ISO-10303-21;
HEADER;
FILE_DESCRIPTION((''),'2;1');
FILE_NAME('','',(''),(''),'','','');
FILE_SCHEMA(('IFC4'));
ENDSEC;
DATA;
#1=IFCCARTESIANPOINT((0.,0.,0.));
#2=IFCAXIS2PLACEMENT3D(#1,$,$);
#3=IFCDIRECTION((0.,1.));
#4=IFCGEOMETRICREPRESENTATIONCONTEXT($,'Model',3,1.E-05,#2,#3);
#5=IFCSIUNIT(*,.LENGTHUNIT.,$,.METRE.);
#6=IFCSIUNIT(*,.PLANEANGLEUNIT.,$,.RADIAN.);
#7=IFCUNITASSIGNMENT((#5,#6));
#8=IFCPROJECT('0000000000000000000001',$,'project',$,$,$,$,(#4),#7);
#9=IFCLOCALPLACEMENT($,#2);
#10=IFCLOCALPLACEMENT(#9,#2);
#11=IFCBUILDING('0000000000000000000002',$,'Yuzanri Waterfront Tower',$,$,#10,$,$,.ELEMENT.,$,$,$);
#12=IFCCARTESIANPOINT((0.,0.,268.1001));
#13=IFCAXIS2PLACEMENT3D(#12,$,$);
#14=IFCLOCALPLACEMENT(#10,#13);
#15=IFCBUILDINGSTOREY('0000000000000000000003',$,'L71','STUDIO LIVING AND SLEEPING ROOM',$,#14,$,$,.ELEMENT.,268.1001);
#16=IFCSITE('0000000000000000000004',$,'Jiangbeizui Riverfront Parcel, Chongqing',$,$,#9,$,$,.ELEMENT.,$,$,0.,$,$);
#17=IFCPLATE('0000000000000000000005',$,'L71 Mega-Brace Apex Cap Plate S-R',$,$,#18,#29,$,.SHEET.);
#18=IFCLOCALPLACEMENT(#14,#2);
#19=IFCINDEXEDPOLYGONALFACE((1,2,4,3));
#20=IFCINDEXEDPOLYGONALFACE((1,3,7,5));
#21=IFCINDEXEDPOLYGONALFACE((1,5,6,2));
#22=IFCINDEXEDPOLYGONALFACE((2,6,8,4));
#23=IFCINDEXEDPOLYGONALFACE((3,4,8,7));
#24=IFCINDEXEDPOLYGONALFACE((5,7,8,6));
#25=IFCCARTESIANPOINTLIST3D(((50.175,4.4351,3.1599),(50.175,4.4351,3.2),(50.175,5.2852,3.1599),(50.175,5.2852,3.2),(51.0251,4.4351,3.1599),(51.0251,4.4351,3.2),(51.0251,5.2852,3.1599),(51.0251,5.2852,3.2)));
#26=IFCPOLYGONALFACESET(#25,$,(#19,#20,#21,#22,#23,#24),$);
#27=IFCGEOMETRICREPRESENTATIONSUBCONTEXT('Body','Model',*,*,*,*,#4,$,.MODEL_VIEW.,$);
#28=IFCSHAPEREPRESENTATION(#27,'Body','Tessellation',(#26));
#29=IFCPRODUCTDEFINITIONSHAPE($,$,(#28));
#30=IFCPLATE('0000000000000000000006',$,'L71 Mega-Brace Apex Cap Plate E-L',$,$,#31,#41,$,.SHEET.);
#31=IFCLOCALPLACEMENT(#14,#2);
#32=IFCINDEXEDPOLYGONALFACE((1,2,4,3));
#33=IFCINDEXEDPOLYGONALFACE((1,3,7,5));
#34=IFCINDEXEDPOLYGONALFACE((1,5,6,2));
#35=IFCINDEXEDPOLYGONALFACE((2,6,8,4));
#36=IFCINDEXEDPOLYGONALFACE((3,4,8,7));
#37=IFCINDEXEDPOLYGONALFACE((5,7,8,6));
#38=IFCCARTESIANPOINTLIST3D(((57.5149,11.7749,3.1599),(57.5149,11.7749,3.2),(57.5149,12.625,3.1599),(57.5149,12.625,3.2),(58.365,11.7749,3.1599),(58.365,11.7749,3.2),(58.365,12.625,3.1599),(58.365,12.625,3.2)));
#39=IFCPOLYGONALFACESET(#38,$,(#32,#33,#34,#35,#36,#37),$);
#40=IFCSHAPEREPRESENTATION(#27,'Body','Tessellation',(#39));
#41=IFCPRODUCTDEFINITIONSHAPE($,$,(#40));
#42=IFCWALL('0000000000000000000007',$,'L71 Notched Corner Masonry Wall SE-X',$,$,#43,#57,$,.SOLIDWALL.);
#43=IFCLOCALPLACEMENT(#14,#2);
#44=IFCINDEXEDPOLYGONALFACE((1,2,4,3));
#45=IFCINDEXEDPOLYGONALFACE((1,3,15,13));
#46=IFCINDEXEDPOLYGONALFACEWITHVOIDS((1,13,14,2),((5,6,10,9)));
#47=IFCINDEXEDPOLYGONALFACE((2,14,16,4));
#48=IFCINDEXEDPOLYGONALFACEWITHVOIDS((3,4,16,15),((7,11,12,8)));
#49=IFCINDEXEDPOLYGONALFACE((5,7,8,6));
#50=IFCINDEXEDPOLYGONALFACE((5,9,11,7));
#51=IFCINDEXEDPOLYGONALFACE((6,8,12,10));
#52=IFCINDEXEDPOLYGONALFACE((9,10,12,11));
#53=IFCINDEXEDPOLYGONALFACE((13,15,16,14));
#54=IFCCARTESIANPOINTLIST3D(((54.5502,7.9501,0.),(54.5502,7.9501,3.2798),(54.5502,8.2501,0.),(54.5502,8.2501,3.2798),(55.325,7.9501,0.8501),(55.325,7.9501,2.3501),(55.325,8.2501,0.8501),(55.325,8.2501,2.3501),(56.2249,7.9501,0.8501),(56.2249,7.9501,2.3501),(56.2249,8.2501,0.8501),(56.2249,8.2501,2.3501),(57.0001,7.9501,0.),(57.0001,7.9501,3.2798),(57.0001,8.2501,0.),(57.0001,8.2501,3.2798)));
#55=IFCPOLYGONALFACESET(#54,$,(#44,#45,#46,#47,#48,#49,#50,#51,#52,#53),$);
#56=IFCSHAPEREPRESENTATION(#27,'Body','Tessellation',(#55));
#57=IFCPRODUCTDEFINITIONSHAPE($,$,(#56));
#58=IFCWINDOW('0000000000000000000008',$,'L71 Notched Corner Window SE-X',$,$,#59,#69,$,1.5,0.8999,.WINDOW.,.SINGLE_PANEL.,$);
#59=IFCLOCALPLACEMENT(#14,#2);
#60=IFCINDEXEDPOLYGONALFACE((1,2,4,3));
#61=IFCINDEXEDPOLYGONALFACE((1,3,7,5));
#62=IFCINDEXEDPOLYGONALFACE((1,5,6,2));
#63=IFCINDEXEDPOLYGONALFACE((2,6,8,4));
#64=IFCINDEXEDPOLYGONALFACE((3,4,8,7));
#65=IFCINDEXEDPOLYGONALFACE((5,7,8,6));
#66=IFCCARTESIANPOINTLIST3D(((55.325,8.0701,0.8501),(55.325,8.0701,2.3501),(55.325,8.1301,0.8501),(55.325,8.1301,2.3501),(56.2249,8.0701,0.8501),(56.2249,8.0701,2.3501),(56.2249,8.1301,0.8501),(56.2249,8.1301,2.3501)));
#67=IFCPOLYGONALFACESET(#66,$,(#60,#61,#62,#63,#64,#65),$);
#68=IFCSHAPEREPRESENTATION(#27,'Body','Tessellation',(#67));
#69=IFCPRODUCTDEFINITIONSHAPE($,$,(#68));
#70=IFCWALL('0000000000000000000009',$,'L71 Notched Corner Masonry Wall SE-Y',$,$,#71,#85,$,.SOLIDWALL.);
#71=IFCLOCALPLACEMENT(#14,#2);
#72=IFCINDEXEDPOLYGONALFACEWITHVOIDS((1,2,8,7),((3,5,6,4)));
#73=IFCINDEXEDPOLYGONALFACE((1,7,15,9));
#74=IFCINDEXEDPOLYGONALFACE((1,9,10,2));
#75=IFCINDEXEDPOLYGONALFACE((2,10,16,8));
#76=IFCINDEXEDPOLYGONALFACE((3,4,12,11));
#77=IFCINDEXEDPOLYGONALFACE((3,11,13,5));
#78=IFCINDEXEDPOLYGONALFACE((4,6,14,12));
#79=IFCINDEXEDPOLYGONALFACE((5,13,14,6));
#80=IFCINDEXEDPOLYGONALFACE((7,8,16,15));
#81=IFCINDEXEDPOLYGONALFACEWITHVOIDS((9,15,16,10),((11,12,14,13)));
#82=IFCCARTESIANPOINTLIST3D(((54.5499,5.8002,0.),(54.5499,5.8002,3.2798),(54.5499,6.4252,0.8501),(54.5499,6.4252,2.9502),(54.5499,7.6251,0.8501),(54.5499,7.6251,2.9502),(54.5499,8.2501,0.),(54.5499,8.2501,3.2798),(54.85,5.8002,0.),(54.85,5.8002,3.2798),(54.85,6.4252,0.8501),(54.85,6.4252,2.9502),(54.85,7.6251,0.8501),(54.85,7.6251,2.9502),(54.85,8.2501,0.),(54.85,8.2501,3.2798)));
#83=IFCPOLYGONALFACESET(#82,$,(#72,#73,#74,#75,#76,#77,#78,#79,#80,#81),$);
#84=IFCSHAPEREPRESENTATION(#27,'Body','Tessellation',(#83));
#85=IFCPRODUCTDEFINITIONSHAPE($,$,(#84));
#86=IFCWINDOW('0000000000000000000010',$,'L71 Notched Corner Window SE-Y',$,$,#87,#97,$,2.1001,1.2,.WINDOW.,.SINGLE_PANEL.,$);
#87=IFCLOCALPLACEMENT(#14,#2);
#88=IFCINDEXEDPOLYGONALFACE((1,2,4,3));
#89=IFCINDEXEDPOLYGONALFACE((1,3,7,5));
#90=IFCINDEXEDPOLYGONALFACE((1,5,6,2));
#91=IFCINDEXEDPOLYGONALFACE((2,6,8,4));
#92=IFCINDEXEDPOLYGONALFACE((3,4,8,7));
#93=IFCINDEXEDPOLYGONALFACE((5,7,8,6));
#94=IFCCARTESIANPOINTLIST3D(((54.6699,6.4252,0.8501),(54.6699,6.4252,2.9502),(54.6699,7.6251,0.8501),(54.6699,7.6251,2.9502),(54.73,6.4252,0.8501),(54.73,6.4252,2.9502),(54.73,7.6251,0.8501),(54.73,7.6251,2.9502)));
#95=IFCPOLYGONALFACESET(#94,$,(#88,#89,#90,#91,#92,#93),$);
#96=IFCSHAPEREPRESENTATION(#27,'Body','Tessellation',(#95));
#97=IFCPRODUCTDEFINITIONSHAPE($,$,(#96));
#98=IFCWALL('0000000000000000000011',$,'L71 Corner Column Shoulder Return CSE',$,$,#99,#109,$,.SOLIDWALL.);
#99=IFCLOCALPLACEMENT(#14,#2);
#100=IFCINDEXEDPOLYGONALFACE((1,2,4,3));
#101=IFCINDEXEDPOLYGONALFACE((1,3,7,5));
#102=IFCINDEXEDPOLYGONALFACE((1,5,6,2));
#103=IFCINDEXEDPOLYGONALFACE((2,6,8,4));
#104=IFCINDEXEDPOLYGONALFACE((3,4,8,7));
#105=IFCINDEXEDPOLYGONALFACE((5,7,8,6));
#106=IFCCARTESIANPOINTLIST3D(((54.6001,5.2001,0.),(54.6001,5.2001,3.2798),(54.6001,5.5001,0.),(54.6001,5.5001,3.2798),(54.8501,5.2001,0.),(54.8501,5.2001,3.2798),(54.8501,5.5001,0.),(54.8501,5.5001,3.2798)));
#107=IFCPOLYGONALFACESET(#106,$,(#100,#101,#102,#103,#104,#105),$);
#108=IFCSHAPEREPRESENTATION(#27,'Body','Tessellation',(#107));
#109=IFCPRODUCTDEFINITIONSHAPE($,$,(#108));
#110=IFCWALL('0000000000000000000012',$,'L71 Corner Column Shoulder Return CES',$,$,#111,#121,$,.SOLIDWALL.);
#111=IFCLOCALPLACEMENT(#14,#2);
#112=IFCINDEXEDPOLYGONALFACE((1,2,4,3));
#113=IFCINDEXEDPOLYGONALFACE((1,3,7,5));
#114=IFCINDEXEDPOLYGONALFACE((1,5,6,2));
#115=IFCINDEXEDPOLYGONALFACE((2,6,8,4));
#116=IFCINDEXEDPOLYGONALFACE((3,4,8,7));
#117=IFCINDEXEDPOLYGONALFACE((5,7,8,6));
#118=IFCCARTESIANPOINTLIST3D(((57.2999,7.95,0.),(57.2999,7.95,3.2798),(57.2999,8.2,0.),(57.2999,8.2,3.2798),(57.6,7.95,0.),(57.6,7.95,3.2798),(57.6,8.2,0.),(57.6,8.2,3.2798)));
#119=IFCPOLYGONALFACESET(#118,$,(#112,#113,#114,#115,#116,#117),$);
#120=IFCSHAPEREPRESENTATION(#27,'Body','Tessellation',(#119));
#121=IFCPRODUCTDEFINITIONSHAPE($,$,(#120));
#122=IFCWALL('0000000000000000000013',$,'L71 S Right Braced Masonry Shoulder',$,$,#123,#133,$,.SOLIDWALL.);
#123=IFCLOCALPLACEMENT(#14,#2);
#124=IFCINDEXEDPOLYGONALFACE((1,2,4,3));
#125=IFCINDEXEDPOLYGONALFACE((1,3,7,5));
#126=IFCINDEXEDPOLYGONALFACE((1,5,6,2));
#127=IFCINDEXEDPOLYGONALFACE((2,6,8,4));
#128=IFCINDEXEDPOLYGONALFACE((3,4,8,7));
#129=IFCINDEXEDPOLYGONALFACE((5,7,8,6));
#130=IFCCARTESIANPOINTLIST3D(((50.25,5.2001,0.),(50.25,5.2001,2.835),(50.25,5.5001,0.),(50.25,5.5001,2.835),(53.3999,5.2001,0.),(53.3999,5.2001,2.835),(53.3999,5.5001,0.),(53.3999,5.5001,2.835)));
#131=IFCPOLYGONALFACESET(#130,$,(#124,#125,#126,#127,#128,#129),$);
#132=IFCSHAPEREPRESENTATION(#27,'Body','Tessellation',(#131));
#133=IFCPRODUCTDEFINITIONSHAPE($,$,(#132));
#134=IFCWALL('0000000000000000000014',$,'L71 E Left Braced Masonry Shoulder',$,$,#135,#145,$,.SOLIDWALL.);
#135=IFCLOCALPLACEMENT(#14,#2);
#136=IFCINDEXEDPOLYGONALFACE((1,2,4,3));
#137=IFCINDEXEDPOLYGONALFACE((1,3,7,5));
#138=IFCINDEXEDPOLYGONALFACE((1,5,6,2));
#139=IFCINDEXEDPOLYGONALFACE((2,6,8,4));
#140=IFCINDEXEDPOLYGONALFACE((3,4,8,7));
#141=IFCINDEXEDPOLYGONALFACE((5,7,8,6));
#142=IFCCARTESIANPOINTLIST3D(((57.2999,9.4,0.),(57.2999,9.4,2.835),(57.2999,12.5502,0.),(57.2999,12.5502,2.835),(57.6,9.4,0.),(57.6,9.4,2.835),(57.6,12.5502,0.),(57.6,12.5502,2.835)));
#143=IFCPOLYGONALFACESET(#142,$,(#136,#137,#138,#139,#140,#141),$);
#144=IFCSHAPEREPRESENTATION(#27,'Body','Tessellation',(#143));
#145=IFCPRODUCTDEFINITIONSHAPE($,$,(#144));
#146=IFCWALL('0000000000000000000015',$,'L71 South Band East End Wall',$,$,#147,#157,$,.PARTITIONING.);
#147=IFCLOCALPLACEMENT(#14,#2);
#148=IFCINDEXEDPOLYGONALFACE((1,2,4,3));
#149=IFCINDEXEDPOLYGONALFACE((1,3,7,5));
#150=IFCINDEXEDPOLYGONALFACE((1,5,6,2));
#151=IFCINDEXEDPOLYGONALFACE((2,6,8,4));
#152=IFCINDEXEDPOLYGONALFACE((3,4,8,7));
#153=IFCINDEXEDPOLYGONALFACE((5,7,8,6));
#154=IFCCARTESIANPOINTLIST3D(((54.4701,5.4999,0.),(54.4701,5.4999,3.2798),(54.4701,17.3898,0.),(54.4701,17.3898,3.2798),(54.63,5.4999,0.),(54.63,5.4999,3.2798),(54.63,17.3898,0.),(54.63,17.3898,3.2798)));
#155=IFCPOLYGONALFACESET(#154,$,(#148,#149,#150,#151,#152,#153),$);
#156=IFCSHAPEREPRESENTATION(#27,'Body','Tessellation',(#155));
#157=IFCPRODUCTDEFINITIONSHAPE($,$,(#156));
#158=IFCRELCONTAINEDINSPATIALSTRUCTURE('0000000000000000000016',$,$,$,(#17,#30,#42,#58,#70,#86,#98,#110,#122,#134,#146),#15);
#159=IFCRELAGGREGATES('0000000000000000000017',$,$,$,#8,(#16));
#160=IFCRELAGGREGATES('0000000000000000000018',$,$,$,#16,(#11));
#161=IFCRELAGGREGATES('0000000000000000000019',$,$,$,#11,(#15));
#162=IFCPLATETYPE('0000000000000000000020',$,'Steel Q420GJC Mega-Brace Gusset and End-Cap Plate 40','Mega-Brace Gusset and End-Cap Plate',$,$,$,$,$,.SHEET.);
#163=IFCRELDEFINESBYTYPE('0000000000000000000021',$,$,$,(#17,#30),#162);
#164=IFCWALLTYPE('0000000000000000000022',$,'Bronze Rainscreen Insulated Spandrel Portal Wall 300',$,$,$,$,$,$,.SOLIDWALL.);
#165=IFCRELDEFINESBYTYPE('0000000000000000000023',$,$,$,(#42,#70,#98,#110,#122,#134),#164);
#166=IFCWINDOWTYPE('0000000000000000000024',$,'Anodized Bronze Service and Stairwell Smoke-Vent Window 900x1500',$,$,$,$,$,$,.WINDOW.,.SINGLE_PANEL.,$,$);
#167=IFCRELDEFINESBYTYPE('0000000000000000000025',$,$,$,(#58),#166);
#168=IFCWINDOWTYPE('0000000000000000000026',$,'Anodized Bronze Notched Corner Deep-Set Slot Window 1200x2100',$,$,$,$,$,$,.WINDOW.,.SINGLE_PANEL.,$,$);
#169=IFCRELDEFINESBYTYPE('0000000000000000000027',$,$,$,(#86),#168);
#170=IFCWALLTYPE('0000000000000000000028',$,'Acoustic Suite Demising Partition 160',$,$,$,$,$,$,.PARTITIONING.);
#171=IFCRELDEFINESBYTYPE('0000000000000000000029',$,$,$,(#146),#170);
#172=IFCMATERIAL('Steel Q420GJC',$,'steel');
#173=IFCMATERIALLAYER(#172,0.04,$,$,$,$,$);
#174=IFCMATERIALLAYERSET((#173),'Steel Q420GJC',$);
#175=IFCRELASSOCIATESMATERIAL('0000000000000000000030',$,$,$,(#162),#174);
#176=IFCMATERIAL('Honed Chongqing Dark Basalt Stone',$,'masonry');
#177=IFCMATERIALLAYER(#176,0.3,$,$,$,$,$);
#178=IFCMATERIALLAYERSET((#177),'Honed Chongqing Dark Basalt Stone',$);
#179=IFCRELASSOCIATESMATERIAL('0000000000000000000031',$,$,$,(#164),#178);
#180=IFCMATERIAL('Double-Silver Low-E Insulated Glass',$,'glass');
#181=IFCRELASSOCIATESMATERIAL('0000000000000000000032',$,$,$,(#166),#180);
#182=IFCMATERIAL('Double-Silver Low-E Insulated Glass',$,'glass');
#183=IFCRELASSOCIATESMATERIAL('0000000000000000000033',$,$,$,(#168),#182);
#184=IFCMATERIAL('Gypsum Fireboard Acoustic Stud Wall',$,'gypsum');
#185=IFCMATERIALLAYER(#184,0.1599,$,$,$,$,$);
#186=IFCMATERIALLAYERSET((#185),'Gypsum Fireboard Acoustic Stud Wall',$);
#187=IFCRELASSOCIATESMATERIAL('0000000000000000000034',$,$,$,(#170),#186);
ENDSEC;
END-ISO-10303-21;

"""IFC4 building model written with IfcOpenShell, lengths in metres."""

from ifc_helpers import new_model, si_unit, direction, frame, frame_2d, origin, origin_2d, place, context, subcontext, project, spatial, rectangle, extrude, source, transform, mapped, material, layer, layer_set, type_object, element, fill, save


model = new_model("IFC4")

# Units and contexts
model_context = context("Model", 3, precision=1e-05, world=origin(), true_north=direction((0.0, 1.0)))
body_context = subcontext(model_context, "Body", "Model", "MODEL_VIEW")
ifc_project = project(units=[si_unit("LENGTHUNIT", "METRE"), si_unit("PLANEANGLEUNIT", "RADIAN")], contexts=[model_context])

# Site, building, storey
site_placement = place(None, origin())
site = spatial("IfcSite", under=ifc_project, at=site_placement, Name="Jiangbeizui Riverfront Parcel, Chongqing", CompositionType="ELEMENT", RefElevation=0.0)
building_placement = place(site_placement, origin())
building = spatial("IfcBuilding", under=site, at=building_placement, Name="Yuzanri Waterfront Tower", CompositionType="ELEMENT")
storey_placement = place(building_placement, frame((0.0, 0.0, 268.1001)))
storey = spatial("IfcBuildingStorey", under=building, at=storey_placement, Name="L71", Description="STUDIO LIVING AND SLEEPING ROOM", CompositionType="ELEMENT", Elevation=268.1001)

# Plates
ifc_material_1 = material(Name="Steel Q420GJC", Category="steel")
ifc_layer_1 = layer(ifc_material_1, 0.04)
ifc_layer_set_1 = layer_set([ifc_layer_1], Name="Steel Q420GJC")
plate_type = type_object("IfcPlateType", Name="Steel Q420GJC Mega-Brace Gusset and End-Cap Plate 40", Description="Mega-Brace Gusset and End-Cap Plate", PredefinedType="SHEET", material=ifc_layer_set_1)
shared_shape_1 = source(origin(), body_context, "Body", "SweptSolid", [
    extrude(rectangle(XDim=0.8501, YDim=0.8501, at=origin_2d()), origin(), (0.0, 0.0, 1.0), 0.04),
])
for number, where, z_axis, x_axis, name in (
    (1, (50.6001, 4.8601, 3.1599), (0.0, 0.0, 1.0), (1.0, 0.0, 0.0), "L71 Mega-Brace Apex Cap Plate S-R"),
    (2, (57.9399, 12.2, 3.1599), (0.0, 0.0, 1.0), (1.0, 0.0, 0.0), "L71 Mega-Brace Apex Cap Plate E-L"),
):
    element("IfcPlate", number, at=place(storey_placement, frame(where, z_axis=z_axis, x_axis=x_axis)), inside=storey, type_object=plate_type, Name=name, PredefinedType="SHEET", context=body_context, shape_type="MappedRepresentation", body=[
        mapped(shared_shape_1, transform((0.0, 0.0, 0.0), scale=1.0)),
    ])

# Walls, openings, windows
ifc_material_2 = material(Name="Honed Chongqing Dark Basalt Stone", Category="masonry")
ifc_layer_2 = layer(ifc_material_2, 0.3)
ifc_layer_set_2 = layer_set([ifc_layer_2], Name="Honed Chongqing Dark Basalt Stone")
wall_type_1 = type_object("IfcWallType", Name="Bronze Rainscreen Insulated Spandrel Portal Wall 300", PredefinedType="SOLIDWALL", material=ifc_layer_set_2)
wall_1_placement = place(storey_placement, frame((54.55, 8.1001, 0.0), z_axis=(0.0, 0.0, 1.0), x_axis=(1.0, 0.0, 0.0)))
wall_1 = element("IfcWall", 3, at=wall_1_placement, inside=storey, type_object=wall_type_1, Name="L71 Notched Corner Masonry Wall SE-X", PredefinedType="SOLIDWALL", context=body_context, shape_type="SweptSolid", body=[
    extrude(rectangle(XDim=2.45, YDim=0.3, at=frame_2d((1.2251, 0.0))), origin(), (0.0, 0.0, 1.0), 3.2798),
])
opening_1_placement = place(wall_1_placement, frame((0.7749, 0.0, 0.8501)))
opening_1 = element("IfcOpeningElement", 4, at=opening_1_placement, cuts=wall_1, PredefinedType="OPENING", context=body_context, shape_type="SweptSolid", body=[
    extrude(rectangle(XDim=0.8999, YDim=1.5, at=frame_2d((0.45, 0.75))), frame((0.0, 0.165, 0.0), z_axis=(0.0, -1.0, 0.0), x_axis=(1.0, 0.0, 0.0)), (0.0, 0.0, 1.0), 0.3298),
])
ifc_material_3 = material(Name="Double-Silver Low-E Insulated Glass", Category="glass")
window_type_1 = type_object("IfcWindowType", Name="Anodized Bronze Service and Stairwell Smoke-Vent Window 900x1500", PartitioningType="SINGLE_PANEL", PredefinedType="WINDOW", material=ifc_material_3)
shared_shape_2 = source(origin(), body_context, "Body", "SweptSolid", [
    extrude(rectangle(XDim=0.8999, YDim=1.5, at=frame_2d((0.45, 0.75))), frame((0.0, 0.03, 0.0), z_axis=(0.0, -1.0, 0.0), x_axis=(1.0, 0.0, 0.0)), (0.0, 0.0, 1.0), 0.0601),
])
window_1_placement = place(opening_1_placement, origin())
window_1 = element("IfcWindow", 5, at=window_1_placement, inside=storey, type_object=window_type_1, Name="L71 Notched Corner Window SE-X", OverallHeight=1.5, OverallWidth=0.8999, PartitioningType="SINGLE_PANEL", PredefinedType="WINDOW", context=body_context, shape_type="MappedRepresentation", body=[
    mapped(shared_shape_2, transform((0.0, 0.0, 0.0), scale=1.0)),
])
fill(opening_1, window_1)
wall_2_placement = place(storey_placement, frame((54.7, 5.8, 0.0), z_axis=(0.0, 0.0, 1.0), x_axis=(0.0, 1.0, 0.0)))
wall_2 = element("IfcWall", 6, at=wall_2_placement, inside=storey, type_object=wall_type_1, Name="L71 Notched Corner Masonry Wall SE-Y", PredefinedType="SOLIDWALL", context=body_context, shape_type="SweptSolid", body=[
    extrude(rectangle(XDim=2.45, YDim=0.3, at=frame_2d((1.2251, 0.0))), origin(), (0.0, 0.0, 1.0), 3.2798),
])
opening_2_placement = place(wall_2_placement, frame((0.625, 0.0, 0.8501)))
opening_2 = element("IfcOpeningElement", 7, at=opening_2_placement, cuts=wall_2, PredefinedType="OPENING", context=body_context, shape_type="SweptSolid", body=[
    extrude(rectangle(XDim=1.2, YDim=2.1001, at=frame_2d((0.6001, 1.05))), frame((0.0, 0.165, 0.0), z_axis=(0.0, -1.0, 0.0), x_axis=(1.0, 0.0, 0.0)), (0.0, 0.0, 1.0), 0.3298),
])
ifc_material_4 = material(Name="Double-Silver Low-E Insulated Glass", Category="glass")
window_type_2 = type_object("IfcWindowType", Name="Anodized Bronze Notched Corner Deep-Set Slot Window 1200x2100", PartitioningType="SINGLE_PANEL", PredefinedType="WINDOW", material=ifc_material_4)
shared_shape_3 = source(origin(), body_context, "Body", "SweptSolid", [
    extrude(rectangle(XDim=1.2, YDim=2.1001, at=frame_2d((0.6001, 1.05))), frame((0.0, 0.03, 0.0), z_axis=(0.0, -1.0, 0.0), x_axis=(1.0, 0.0, 0.0)), (0.0, 0.0, 1.0), 0.0601),
])
window_2_placement = place(opening_2_placement, origin())
window_2 = element("IfcWindow", 8, at=window_2_placement, inside=storey, type_object=window_type_2, Name="L71 Notched Corner Window SE-Y", OverallHeight=2.1001, OverallWidth=1.2, PartitioningType="SINGLE_PANEL", PredefinedType="WINDOW", context=body_context, shape_type="MappedRepresentation", body=[
    mapped(shared_shape_3, transform((0.0, 0.0, 0.0), scale=1.0)),
])
fill(opening_2, window_2)

# Walls
shared_shape_4 = source(origin(), body_context, "Body", "SweptSolid", [
    extrude(rectangle(XDim=0.25, YDim=0.3, at=frame_2d((0.125, 0.0))), origin(), (0.0, 0.0, 1.0), 3.2798),
])
for number, where, z_axis, x_axis, name in (
    (9, (54.6001, 5.3501, 0.0), (0.0, 0.0, 1.0), (1.0, 0.0, 0.0), "L71 Corner Column Shoulder Return CSE"),
    (10, (57.45, 7.95, 0.0), (0.0, 0.0, 1.0), (0.0, 1.0, 0.0), "L71 Corner Column Shoulder Return CES"),
):
    element("IfcWall", number, at=place(storey_placement, frame(where, z_axis=z_axis, x_axis=x_axis)), inside=storey, type_object=wall_type_1, Name=name, PredefinedType="SOLIDWALL", context=body_context, shape_type="MappedRepresentation", body=[
        mapped(shared_shape_4, transform((0.0, 0.0, 0.0), scale=1.0)),
    ])
shared_shape_5 = source(origin(), body_context, "Body", "SweptSolid", [
    extrude(rectangle(XDim=3.1499, YDim=0.3, at=frame_2d((1.575, 0.0))), origin(), (0.0, 0.0, 1.0), 2.835),
])
wall_3_placement = place(storey_placement, frame((50.25, 5.3501, 0.0), z_axis=(0.0, 0.0, 1.0), x_axis=(1.0, 0.0, 0.0)))
element("IfcWall", 11, at=wall_3_placement, inside=storey, type_object=wall_type_1, Name="L71 S Right Braced Masonry Shoulder", PredefinedType="SOLIDWALL", context=body_context, shape_type="MappedRepresentation", body=[
    mapped(shared_shape_5, transform((0.0, 0.0, 0.0), scale=1.0)),
])
shared_shape_6 = source(origin(), body_context, "Body", "SweptSolid", [
    extrude(rectangle(XDim=3.1501, YDim=0.3, at=frame_2d((1.5752, 0.0))), origin(), (0.0, 0.0, 1.0), 2.835),
])
wall_4_placement = place(storey_placement, frame((57.45, 9.3999, 0.0), z_axis=(0.0, 0.0, 1.0), x_axis=(0.0, 1.0, 0.0)))
element("IfcWall", 12, at=wall_4_placement, inside=storey, type_object=wall_type_1, Name="L71 E Left Braced Masonry Shoulder", PredefinedType="SOLIDWALL", context=body_context, shape_type="MappedRepresentation", body=[
    mapped(shared_shape_6, transform((0.0, 0.0, 0.0), scale=1.0)),
])
ifc_material_5 = material(Name="Gypsum Fireboard Acoustic Stud Wall", Category="gypsum")
ifc_layer_3 = layer(ifc_material_5, 0.1599)
ifc_layer_set_3 = layer_set([ifc_layer_3], Name="Gypsum Fireboard Acoustic Stud Wall")
wall_type_2 = type_object("IfcWallType", Name="Acoustic Suite Demising Partition 160", PredefinedType="PARTITIONING", material=ifc_layer_set_3)
shared_shape_7 = source(origin(), body_context, "Body", "SweptSolid", [
    extrude(rectangle(XDim=11.8899, YDim=0.1599, at=frame_2d((5.9448, 0.0))), origin(), (0.0, 0.0, 1.0), 3.2798),
])
wall_5_placement = place(storey_placement, frame((54.55, 5.5, 0.0), z_axis=(0.0, 0.0, 1.0), x_axis=(0.0, 1.0, 0.0)))
element("IfcWall", 13, at=wall_5_placement, inside=storey, type_object=wall_type_2, Name="L71 South Band East End Wall", PredefinedType="PARTITIONING", context=body_context, shape_type="MappedRepresentation", body=[
    mapped(shared_shape_7, transform((0.0, 0.0, 0.0), scale=1.0)),
])

save(model, "model.ifc")
